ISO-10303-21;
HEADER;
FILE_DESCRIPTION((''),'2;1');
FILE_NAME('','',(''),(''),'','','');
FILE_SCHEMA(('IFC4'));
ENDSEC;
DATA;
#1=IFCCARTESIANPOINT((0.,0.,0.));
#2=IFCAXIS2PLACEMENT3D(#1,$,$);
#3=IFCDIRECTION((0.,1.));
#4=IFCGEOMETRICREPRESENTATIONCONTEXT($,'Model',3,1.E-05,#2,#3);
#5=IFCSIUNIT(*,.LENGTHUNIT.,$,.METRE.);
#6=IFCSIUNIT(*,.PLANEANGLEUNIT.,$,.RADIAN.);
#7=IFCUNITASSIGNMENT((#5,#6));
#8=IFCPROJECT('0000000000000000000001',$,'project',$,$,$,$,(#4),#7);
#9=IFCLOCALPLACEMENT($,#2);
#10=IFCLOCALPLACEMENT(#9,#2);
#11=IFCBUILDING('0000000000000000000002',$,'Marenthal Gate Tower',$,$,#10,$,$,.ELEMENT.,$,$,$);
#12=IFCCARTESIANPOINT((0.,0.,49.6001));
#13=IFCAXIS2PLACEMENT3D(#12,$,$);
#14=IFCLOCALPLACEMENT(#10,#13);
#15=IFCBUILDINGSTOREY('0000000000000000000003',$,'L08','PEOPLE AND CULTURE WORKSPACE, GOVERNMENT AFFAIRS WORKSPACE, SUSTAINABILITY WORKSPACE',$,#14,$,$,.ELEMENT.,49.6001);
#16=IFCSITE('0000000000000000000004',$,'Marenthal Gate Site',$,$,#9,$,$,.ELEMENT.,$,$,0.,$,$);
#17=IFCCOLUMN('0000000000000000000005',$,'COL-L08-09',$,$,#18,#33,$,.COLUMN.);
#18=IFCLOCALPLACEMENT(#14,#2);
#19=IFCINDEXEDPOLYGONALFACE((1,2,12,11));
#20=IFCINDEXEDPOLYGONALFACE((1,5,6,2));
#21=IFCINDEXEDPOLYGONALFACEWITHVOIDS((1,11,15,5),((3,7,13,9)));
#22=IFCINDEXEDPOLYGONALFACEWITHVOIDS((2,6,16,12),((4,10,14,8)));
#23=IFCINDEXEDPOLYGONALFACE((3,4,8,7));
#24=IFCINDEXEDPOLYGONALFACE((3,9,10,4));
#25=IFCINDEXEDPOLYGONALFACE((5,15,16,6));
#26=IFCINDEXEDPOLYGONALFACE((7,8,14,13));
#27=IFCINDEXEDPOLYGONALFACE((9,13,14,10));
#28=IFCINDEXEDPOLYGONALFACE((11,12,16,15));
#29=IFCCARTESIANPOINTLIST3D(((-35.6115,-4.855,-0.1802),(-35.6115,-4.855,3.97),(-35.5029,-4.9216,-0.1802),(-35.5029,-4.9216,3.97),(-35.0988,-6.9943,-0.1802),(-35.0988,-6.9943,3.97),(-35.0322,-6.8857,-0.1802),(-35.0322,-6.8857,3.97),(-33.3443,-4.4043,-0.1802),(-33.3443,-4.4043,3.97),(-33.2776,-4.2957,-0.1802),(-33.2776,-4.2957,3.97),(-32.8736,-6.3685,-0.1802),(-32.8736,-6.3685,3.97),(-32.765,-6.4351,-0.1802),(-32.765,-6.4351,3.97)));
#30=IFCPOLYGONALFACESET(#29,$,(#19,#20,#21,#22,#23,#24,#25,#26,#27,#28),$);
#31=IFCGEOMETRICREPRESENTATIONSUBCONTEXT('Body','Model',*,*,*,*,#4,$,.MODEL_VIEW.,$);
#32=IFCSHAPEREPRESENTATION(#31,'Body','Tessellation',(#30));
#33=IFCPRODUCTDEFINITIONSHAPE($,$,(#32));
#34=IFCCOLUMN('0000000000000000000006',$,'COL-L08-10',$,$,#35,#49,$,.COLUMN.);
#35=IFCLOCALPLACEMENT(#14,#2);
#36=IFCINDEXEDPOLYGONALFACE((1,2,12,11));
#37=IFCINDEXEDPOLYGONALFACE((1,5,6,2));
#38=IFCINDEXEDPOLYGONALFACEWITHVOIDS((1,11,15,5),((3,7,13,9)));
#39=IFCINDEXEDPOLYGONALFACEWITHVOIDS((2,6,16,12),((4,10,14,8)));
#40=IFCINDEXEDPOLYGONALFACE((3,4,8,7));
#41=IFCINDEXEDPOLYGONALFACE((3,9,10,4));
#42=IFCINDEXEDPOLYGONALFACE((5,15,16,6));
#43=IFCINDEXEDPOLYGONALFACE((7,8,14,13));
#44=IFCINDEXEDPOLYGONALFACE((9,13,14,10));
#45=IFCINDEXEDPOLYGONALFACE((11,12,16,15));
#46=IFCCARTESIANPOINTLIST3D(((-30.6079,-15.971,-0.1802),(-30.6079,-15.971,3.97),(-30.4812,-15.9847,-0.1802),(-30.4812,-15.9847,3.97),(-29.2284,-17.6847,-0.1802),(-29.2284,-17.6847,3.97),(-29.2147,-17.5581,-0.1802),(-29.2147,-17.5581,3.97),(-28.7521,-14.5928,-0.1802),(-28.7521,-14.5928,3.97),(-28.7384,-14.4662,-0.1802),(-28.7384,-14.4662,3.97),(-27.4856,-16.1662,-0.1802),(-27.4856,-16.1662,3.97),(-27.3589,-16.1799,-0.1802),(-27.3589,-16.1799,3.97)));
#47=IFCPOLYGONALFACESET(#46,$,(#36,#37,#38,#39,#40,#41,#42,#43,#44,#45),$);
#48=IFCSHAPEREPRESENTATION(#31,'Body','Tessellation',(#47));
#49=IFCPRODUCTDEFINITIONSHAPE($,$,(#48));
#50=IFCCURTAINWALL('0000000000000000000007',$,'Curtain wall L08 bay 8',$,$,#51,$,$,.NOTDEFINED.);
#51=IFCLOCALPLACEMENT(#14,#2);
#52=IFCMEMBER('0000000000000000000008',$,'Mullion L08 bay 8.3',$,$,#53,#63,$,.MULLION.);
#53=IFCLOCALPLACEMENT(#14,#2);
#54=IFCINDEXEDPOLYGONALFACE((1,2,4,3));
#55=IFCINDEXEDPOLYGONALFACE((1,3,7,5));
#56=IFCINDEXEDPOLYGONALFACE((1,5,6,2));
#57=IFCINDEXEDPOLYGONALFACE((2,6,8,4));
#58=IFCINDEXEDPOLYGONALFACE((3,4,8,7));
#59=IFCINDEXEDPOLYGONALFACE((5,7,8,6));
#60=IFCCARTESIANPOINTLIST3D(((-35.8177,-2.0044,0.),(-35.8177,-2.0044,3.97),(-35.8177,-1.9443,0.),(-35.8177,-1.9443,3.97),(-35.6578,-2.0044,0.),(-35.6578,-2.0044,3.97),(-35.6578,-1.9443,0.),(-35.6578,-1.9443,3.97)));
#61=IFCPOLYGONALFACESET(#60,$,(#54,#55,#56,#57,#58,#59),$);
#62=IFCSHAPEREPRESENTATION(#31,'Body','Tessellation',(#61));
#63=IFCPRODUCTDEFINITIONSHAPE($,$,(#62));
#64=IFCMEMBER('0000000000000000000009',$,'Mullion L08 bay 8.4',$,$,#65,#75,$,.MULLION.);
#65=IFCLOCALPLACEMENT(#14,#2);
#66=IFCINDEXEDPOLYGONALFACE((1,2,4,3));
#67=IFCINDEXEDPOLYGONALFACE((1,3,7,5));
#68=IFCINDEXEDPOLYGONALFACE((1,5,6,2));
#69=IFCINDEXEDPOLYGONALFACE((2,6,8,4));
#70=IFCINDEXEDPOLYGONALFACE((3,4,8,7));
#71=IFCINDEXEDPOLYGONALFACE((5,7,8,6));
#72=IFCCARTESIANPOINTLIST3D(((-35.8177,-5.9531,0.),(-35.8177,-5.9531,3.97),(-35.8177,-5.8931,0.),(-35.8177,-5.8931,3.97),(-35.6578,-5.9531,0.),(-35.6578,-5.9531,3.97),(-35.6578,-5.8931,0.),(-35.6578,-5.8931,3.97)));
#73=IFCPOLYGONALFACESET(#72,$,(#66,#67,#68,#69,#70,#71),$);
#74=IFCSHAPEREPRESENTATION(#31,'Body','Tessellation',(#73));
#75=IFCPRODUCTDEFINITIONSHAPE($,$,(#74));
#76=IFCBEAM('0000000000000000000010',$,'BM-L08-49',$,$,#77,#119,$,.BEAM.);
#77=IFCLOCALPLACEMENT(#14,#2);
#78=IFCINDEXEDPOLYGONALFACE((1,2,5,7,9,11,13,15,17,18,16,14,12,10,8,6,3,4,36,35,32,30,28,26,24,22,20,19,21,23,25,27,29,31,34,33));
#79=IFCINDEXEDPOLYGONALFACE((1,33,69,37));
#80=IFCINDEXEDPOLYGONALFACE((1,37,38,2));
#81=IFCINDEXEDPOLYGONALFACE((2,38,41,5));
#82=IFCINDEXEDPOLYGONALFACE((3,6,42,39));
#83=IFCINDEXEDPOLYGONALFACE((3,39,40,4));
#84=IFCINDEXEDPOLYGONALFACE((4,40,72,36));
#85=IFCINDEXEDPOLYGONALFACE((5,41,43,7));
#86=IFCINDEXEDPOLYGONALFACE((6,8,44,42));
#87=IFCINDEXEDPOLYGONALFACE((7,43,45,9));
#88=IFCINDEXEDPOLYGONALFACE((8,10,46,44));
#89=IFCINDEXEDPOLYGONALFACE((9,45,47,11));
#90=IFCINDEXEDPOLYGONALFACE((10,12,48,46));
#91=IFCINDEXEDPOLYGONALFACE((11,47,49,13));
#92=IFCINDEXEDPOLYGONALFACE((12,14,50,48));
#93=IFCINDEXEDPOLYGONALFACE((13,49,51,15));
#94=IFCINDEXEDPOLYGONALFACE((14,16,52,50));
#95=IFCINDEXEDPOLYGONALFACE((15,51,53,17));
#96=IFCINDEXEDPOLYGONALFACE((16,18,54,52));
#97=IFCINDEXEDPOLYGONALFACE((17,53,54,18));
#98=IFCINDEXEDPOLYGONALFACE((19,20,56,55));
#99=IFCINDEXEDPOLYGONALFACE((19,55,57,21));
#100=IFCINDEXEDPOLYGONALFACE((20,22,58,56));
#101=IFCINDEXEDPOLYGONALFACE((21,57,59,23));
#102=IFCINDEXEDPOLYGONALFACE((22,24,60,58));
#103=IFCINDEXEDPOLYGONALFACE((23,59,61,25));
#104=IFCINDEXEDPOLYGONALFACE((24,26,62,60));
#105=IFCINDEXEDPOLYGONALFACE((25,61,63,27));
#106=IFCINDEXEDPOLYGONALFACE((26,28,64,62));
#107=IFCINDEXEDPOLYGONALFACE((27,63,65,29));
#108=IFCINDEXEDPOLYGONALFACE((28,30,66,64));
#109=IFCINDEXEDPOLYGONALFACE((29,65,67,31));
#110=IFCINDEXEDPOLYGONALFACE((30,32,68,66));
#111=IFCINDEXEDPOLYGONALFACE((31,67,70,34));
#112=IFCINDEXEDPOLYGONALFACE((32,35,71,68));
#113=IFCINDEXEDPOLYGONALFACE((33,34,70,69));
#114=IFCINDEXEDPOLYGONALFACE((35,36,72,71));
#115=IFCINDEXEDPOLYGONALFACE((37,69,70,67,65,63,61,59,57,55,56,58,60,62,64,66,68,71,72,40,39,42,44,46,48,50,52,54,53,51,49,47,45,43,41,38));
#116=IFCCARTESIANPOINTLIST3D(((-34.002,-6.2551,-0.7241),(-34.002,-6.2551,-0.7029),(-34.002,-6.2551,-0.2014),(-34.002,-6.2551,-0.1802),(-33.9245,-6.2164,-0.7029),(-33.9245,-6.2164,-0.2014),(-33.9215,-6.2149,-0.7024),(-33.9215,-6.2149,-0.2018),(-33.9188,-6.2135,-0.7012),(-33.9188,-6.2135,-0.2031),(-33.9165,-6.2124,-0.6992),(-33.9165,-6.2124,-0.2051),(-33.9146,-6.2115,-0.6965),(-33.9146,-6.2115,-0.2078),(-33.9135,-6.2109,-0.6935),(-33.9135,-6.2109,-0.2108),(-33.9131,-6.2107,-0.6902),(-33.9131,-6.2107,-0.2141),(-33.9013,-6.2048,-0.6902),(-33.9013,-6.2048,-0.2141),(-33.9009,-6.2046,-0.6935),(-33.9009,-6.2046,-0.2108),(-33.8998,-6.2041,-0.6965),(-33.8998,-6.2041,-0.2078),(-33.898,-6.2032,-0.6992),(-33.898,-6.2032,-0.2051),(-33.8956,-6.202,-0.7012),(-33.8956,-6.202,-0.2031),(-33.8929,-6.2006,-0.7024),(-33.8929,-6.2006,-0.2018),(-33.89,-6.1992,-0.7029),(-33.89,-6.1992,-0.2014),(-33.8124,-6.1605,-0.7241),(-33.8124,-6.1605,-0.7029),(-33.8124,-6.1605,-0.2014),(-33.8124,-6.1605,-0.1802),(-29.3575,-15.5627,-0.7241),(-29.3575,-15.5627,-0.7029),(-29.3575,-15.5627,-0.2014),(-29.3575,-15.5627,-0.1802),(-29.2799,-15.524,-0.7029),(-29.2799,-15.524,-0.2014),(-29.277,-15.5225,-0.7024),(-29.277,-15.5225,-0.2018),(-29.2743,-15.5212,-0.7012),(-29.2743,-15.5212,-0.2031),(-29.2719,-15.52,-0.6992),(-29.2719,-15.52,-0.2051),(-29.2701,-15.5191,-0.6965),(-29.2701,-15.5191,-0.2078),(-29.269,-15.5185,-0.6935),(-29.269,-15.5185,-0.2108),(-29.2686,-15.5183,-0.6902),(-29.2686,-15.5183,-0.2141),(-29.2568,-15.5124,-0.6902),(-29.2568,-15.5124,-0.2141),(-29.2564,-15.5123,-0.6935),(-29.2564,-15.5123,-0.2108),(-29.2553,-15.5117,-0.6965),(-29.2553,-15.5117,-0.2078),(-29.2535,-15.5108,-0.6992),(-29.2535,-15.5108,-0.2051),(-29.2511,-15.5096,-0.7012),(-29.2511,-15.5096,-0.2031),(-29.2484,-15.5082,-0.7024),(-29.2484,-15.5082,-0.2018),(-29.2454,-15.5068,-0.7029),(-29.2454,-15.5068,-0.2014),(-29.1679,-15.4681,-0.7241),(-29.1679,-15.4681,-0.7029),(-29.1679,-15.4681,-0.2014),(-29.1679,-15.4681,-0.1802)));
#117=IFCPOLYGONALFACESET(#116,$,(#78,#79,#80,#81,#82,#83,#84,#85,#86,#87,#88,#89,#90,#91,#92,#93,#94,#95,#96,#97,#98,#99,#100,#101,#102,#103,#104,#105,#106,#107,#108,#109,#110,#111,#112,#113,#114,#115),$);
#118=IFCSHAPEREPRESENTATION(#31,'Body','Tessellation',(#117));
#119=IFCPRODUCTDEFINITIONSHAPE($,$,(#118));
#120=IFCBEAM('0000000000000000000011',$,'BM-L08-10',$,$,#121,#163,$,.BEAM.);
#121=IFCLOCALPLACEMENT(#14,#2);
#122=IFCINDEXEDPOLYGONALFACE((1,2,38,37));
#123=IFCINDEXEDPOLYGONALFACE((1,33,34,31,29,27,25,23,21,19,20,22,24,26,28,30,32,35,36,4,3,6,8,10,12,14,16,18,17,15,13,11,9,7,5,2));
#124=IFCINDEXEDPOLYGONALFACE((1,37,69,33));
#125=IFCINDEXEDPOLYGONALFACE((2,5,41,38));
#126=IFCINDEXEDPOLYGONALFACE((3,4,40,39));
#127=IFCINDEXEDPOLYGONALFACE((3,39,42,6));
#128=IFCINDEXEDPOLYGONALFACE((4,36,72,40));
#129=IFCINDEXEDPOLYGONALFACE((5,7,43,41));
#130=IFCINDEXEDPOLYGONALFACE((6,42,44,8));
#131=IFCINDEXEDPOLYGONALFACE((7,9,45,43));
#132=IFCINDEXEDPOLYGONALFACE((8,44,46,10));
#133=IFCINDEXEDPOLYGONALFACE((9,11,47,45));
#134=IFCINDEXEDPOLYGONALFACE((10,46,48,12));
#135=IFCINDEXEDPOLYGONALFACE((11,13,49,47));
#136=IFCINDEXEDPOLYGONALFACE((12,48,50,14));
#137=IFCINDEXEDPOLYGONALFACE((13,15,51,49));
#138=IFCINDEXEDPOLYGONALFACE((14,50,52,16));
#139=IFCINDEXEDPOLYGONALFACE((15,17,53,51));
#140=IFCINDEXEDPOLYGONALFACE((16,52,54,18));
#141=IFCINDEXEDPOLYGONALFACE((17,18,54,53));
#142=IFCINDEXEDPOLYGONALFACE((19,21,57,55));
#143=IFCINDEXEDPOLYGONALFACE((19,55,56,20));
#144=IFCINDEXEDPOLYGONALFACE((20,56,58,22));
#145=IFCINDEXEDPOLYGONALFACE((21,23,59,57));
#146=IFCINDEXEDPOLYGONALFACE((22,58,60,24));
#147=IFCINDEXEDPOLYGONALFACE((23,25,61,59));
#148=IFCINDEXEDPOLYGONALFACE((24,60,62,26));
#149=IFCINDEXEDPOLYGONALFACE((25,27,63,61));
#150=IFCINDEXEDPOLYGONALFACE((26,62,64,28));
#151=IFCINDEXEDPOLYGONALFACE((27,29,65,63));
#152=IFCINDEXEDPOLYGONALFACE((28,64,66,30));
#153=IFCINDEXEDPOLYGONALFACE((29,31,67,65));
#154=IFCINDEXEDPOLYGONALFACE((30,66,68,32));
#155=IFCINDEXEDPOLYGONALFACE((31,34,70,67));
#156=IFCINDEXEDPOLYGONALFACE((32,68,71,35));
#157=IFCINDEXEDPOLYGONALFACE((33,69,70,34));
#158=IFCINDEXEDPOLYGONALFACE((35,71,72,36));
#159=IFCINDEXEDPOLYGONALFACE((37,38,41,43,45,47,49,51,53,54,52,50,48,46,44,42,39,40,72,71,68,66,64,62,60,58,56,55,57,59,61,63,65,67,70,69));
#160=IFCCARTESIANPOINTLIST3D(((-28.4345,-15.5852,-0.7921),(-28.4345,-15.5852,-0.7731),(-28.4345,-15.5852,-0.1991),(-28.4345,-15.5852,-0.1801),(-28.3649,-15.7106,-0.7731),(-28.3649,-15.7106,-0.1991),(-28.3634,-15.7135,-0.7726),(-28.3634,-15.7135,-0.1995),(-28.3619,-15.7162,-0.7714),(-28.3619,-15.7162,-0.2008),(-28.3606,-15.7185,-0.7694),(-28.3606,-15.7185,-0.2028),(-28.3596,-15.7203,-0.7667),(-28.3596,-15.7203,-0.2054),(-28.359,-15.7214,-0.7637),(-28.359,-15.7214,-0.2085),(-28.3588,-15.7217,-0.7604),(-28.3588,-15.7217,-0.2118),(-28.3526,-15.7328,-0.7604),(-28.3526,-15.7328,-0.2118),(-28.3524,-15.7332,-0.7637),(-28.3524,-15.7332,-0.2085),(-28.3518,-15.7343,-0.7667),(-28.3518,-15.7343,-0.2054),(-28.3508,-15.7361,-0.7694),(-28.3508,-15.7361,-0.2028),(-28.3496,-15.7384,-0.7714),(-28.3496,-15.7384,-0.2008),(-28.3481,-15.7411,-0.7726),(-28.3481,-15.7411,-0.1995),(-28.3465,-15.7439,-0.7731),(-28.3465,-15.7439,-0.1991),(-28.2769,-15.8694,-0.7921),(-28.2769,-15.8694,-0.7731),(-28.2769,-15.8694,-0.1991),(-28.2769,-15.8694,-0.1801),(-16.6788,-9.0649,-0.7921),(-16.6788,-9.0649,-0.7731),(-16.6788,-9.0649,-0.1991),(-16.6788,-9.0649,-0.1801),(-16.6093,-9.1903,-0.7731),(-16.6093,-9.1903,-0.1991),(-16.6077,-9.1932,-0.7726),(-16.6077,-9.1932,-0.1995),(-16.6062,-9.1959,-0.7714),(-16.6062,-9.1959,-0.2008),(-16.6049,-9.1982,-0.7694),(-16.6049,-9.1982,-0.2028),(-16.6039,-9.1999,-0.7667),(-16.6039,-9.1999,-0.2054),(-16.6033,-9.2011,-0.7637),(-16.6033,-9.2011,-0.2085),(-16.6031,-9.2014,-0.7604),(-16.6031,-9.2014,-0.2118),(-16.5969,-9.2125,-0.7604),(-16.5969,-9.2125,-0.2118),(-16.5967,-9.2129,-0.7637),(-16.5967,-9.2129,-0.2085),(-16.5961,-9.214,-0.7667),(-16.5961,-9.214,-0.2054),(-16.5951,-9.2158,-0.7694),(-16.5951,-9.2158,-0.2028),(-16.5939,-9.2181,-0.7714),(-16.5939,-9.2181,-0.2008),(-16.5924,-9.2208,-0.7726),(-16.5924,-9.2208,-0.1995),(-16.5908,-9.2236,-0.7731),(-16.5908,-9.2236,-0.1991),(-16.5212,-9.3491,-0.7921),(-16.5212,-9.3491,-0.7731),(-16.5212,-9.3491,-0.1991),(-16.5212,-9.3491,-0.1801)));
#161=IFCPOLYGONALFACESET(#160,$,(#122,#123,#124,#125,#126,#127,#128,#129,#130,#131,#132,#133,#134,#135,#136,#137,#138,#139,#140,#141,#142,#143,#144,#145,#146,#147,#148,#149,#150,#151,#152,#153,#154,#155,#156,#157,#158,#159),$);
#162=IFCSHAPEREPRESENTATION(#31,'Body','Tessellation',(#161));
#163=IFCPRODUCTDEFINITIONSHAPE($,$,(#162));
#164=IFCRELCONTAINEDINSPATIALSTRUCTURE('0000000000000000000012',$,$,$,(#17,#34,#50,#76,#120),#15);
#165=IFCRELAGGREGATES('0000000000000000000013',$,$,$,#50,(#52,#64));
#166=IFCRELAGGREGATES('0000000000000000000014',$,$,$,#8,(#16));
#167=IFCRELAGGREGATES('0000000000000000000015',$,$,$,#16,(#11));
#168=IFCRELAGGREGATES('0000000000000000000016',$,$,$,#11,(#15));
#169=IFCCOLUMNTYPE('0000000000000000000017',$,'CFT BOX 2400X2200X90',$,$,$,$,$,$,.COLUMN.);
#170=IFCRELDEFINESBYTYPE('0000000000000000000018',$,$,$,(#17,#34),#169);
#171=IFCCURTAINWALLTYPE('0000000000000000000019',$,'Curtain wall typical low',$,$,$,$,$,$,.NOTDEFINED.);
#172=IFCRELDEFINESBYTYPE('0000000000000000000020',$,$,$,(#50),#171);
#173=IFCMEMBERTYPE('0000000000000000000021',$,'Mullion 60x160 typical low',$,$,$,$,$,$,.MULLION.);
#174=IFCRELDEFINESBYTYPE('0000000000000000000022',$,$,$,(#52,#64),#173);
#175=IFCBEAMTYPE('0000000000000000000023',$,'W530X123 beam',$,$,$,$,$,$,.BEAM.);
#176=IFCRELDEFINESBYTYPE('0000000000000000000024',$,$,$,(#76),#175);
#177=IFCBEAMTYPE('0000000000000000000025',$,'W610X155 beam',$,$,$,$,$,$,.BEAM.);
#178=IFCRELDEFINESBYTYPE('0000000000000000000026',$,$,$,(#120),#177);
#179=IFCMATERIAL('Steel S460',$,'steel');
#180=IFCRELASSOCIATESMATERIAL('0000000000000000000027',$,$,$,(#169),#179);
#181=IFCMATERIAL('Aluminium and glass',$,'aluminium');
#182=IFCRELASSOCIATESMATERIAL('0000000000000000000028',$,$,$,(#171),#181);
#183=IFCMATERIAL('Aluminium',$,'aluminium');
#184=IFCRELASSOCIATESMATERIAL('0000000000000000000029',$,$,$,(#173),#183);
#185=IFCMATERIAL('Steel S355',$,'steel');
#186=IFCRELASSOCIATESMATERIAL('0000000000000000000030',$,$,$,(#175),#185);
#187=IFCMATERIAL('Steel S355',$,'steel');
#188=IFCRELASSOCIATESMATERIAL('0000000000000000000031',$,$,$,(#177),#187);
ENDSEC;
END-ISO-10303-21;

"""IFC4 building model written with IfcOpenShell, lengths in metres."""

from ifc_helpers import new_model, si_unit, direction, frame, origin, origin_2d, place, context, subcontext, project, spatial, rectangle, hollow_rectangle, i_section, extrude, material, material_profile, profile_set, type_object, element, aggregate, save


model = new_model("IFC4")

# Units and contexts
model_context = context("Model", 3, precision=1e-05, world=origin(), true_north=direction((0.0, 1.0)))
body_context = subcontext(model_context, "Body", "Model", "MODEL_VIEW")
ifc_project = project(units=[si_unit("LENGTHUNIT", "METRE"), si_unit("PLANEANGLEUNIT", "RADIAN")], contexts=[model_context])

# Site, building, storey
site_placement = place(None, origin())
site = spatial("IfcSite", under=ifc_project, at=site_placement, Name="Marenthal Gate Site", CompositionType="ELEMENT", RefElevation=0.0)
building_placement = place(site_placement, origin())
building = spatial("IfcBuilding", under=site, at=building_placement, Name="Marenthal Gate Tower", CompositionType="ELEMENT")
storey_placement = place(building_placement, frame((0.0, 0.0, 49.6001)))
storey = spatial("IfcBuildingStorey", under=building, at=storey_placement, Name="L08", Description="PEOPLE AND CULTURE WORKSPACE, GOVERNMENT AFFAIRS WORKSPACE, SUSTAINABILITY WORKSPACE", CompositionType="ELEMENT", Elevation=49.6001)

# Columns
ifc_material_1 = material(Name="Steel S460", Category="steel")
ifc_material_profile_1 = material_profile(ifc_material_1, hollow_rectangle(XDim=2.2, YDim=2.3999, WallThickness=0.0901, at=origin_2d()), Name="CFT BOX 2400X2200X90")
ifc_material_2 = material(Name="Concrete 70 MPa", Category="concrete")
ifc_material_profile_2 = material_profile(ifc_material_2, rectangle(XDim=2.02, YDim=2.22, at=origin_2d()), Name="CFT BOX 2400X2200X90 INFILL")
ifc_profile_set_1 = profile_set([ifc_material_profile_1, ifc_material_profile_2], Name="Steel S460 shell, Concrete 70 MPa infill")
column_type = type_object("IfcColumnType", Name="CFT BOX 2400X2200X90", PredefinedType="COLUMN", material=ifc_profile_set_1)
for number, where, z_axis, x_axis, name in (
    (1, (-34.1882, -5.645, -0.1802), (0.0, 0.0, 1.0), (-0.233033, 0.972469, 0.0), "COL-L08-09"),
    (2, (-28.9834, -16.0754, -0.1802), (0.0, 0.0, 1.0), (-0.627046, 0.778982, 0.0), "COL-L08-10"),
):
    element("IfcColumn", number, at=place(storey_placement, frame(where, z_axis=z_axis, x_axis=x_axis)), inside=storey, type_object=column_type, Name=name, PredefinedType="COLUMN", context=body_context, shape_type="SweptSolid", body=[
        extrude(hollow_rectangle(XDim=2.2, YDim=2.3999, WallThickness=0.0901, at=origin_2d()), origin(), (0.0, 0.0, 1.0), 4.1501),
    ])

# Curtain wall, members
ifc_material_3 = material(Name="Aluminium and glass", Category="aluminium")
curtain_wall_type = type_object("IfcCurtainWallType", Name="Curtain wall typical low", PredefinedType="NOTDEFINED", material=ifc_material_3)
curtain_wall_placement = place(storey_placement, origin())
curtain_wall = element("IfcCurtainWall", 3, at=curtain_wall_placement, inside=storey, type_object=curtain_wall_type, Name="Curtain wall L08 bay 8", PredefinedType="NOTDEFINED")
ifc_material_4 = material(Name="Aluminium", Category="aluminium")
ifc_material_profile_3 = material_profile(ifc_material_4, rectangle(XDim=0.1599, YDim=0.0601, at=origin_2d()), Name="60x160 aluminium mullion")
ifc_profile_set_2 = profile_set([ifc_material_profile_3], Name="Aluminium")
member_type = type_object("IfcMemberType", Name="Mullion 60x160 typical low", PredefinedType="MULLION", material=ifc_profile_set_2)
member_1_placement = place(storey_placement, frame((-35.7378, -1.9744, 0.0), z_axis=(0.0, 0.0, 1.0), x_axis=(1.0, 0.0, 0.0)))
member_1 = element("IfcMember", 4, at=member_1_placement, type_object=member_type, Name="Mullion L08 bay 8.3", PredefinedType="MULLION", context=body_context, shape_type="SweptSolid", body=[
    extrude(rectangle(XDim=0.1599, YDim=0.0601, at=origin_2d()), origin(), (0.0, 0.0, 1.0), 3.97),
])
member_2_placement = place(storey_placement, frame((-35.7378, -5.9231, 0.0), z_axis=(0.0, 0.0, 1.0), x_axis=(1.0, 0.0, 0.0)))
member_2 = element("IfcMember", 5, at=member_2_placement, type_object=member_type, Name="Mullion L08 bay 8.4", PredefinedType="MULLION", context=body_context, shape_type="SweptSolid", body=[
    extrude(rectangle(XDim=0.1599, YDim=0.0601, at=origin_2d()), origin(), (0.0, 0.0, 1.0), 3.97),
])

# Beams
ifc_material_5 = material(Name="Steel S355", Category="steel")
ifc_material_profile_4 = material_profile(ifc_material_5, i_section(OverallWidth=0.2119, OverallDepth=0.5439, WebThickness=0.0132, FlangeThickness=0.0212, FilletRadius=0.0127, at=origin_2d()), Name="W530X123")
ifc_profile_set_3 = profile_set([ifc_material_profile_4], Name="Steel S355")
beam_type_1 = type_object("IfcBeamType", Name="W530X123 beam", PredefinedType="BEAM", material=ifc_profile_set_3)
beam_1_placement = place(storey_placement, frame((-33.9072, -6.2078, -0.4521), z_axis=(0.4465, -0.894784, 0.0), x_axis=(0.894784, 0.4465, 0.0)))
element("IfcBeam", 6, at=beam_1_placement, inside=storey, type_object=beam_type_1, Name="BM-L08-49", PredefinedType="BEAM", context=body_context, shape_type="SweptSolid", body=[
    extrude(i_section(OverallWidth=0.2119, OverallDepth=0.5439, WebThickness=0.0132, FlangeThickness=0.0212, FilletRadius=0.0127, at=origin_2d()), origin(), (0.0, 0.0, 1.0), 10.4021),
])
ifc_material_6 = material(Name="Steel S355", Category="steel")
ifc_material_profile_5 = material_profile(ifc_material_6, i_section(OverallWidth=0.325, OverallDepth=0.6121, WebThickness=0.0127, FlangeThickness=0.019, FilletRadius=0.0127, at=origin_2d()), Name="W610X155")
ifc_profile_set_4 = profile_set([ifc_material_profile_5], Name="Steel S355")
beam_type_2 = type_object("IfcBeamType", Name="W610X155 beam", PredefinedType="BEAM", material=ifc_profile_set_4)
beam_2_placement = place(storey_placement, frame((-28.3557, -15.7273, -0.4861), z_axis=(0.874493, 0.485038, 0.0), x_axis=(-0.485038, 0.874493, 0.0)))
element("IfcBeam", 7, at=beam_2_placement, inside=storey, type_object=beam_type_2, Name="BM-L08-10", PredefinedType="BEAM", context=body_context, shape_type="SweptSolid", body=[
    extrude(i_section(OverallWidth=0.325, OverallDepth=0.6121, WebThickness=0.0127, FlangeThickness=0.019, FilletRadius=0.0127, at=origin_2d()), origin(), (0.0, 0.0, 1.0), 13.4429),
])

aggregate(curtain_wall, [member_1, member_2])

save(model, "model.ifc")
